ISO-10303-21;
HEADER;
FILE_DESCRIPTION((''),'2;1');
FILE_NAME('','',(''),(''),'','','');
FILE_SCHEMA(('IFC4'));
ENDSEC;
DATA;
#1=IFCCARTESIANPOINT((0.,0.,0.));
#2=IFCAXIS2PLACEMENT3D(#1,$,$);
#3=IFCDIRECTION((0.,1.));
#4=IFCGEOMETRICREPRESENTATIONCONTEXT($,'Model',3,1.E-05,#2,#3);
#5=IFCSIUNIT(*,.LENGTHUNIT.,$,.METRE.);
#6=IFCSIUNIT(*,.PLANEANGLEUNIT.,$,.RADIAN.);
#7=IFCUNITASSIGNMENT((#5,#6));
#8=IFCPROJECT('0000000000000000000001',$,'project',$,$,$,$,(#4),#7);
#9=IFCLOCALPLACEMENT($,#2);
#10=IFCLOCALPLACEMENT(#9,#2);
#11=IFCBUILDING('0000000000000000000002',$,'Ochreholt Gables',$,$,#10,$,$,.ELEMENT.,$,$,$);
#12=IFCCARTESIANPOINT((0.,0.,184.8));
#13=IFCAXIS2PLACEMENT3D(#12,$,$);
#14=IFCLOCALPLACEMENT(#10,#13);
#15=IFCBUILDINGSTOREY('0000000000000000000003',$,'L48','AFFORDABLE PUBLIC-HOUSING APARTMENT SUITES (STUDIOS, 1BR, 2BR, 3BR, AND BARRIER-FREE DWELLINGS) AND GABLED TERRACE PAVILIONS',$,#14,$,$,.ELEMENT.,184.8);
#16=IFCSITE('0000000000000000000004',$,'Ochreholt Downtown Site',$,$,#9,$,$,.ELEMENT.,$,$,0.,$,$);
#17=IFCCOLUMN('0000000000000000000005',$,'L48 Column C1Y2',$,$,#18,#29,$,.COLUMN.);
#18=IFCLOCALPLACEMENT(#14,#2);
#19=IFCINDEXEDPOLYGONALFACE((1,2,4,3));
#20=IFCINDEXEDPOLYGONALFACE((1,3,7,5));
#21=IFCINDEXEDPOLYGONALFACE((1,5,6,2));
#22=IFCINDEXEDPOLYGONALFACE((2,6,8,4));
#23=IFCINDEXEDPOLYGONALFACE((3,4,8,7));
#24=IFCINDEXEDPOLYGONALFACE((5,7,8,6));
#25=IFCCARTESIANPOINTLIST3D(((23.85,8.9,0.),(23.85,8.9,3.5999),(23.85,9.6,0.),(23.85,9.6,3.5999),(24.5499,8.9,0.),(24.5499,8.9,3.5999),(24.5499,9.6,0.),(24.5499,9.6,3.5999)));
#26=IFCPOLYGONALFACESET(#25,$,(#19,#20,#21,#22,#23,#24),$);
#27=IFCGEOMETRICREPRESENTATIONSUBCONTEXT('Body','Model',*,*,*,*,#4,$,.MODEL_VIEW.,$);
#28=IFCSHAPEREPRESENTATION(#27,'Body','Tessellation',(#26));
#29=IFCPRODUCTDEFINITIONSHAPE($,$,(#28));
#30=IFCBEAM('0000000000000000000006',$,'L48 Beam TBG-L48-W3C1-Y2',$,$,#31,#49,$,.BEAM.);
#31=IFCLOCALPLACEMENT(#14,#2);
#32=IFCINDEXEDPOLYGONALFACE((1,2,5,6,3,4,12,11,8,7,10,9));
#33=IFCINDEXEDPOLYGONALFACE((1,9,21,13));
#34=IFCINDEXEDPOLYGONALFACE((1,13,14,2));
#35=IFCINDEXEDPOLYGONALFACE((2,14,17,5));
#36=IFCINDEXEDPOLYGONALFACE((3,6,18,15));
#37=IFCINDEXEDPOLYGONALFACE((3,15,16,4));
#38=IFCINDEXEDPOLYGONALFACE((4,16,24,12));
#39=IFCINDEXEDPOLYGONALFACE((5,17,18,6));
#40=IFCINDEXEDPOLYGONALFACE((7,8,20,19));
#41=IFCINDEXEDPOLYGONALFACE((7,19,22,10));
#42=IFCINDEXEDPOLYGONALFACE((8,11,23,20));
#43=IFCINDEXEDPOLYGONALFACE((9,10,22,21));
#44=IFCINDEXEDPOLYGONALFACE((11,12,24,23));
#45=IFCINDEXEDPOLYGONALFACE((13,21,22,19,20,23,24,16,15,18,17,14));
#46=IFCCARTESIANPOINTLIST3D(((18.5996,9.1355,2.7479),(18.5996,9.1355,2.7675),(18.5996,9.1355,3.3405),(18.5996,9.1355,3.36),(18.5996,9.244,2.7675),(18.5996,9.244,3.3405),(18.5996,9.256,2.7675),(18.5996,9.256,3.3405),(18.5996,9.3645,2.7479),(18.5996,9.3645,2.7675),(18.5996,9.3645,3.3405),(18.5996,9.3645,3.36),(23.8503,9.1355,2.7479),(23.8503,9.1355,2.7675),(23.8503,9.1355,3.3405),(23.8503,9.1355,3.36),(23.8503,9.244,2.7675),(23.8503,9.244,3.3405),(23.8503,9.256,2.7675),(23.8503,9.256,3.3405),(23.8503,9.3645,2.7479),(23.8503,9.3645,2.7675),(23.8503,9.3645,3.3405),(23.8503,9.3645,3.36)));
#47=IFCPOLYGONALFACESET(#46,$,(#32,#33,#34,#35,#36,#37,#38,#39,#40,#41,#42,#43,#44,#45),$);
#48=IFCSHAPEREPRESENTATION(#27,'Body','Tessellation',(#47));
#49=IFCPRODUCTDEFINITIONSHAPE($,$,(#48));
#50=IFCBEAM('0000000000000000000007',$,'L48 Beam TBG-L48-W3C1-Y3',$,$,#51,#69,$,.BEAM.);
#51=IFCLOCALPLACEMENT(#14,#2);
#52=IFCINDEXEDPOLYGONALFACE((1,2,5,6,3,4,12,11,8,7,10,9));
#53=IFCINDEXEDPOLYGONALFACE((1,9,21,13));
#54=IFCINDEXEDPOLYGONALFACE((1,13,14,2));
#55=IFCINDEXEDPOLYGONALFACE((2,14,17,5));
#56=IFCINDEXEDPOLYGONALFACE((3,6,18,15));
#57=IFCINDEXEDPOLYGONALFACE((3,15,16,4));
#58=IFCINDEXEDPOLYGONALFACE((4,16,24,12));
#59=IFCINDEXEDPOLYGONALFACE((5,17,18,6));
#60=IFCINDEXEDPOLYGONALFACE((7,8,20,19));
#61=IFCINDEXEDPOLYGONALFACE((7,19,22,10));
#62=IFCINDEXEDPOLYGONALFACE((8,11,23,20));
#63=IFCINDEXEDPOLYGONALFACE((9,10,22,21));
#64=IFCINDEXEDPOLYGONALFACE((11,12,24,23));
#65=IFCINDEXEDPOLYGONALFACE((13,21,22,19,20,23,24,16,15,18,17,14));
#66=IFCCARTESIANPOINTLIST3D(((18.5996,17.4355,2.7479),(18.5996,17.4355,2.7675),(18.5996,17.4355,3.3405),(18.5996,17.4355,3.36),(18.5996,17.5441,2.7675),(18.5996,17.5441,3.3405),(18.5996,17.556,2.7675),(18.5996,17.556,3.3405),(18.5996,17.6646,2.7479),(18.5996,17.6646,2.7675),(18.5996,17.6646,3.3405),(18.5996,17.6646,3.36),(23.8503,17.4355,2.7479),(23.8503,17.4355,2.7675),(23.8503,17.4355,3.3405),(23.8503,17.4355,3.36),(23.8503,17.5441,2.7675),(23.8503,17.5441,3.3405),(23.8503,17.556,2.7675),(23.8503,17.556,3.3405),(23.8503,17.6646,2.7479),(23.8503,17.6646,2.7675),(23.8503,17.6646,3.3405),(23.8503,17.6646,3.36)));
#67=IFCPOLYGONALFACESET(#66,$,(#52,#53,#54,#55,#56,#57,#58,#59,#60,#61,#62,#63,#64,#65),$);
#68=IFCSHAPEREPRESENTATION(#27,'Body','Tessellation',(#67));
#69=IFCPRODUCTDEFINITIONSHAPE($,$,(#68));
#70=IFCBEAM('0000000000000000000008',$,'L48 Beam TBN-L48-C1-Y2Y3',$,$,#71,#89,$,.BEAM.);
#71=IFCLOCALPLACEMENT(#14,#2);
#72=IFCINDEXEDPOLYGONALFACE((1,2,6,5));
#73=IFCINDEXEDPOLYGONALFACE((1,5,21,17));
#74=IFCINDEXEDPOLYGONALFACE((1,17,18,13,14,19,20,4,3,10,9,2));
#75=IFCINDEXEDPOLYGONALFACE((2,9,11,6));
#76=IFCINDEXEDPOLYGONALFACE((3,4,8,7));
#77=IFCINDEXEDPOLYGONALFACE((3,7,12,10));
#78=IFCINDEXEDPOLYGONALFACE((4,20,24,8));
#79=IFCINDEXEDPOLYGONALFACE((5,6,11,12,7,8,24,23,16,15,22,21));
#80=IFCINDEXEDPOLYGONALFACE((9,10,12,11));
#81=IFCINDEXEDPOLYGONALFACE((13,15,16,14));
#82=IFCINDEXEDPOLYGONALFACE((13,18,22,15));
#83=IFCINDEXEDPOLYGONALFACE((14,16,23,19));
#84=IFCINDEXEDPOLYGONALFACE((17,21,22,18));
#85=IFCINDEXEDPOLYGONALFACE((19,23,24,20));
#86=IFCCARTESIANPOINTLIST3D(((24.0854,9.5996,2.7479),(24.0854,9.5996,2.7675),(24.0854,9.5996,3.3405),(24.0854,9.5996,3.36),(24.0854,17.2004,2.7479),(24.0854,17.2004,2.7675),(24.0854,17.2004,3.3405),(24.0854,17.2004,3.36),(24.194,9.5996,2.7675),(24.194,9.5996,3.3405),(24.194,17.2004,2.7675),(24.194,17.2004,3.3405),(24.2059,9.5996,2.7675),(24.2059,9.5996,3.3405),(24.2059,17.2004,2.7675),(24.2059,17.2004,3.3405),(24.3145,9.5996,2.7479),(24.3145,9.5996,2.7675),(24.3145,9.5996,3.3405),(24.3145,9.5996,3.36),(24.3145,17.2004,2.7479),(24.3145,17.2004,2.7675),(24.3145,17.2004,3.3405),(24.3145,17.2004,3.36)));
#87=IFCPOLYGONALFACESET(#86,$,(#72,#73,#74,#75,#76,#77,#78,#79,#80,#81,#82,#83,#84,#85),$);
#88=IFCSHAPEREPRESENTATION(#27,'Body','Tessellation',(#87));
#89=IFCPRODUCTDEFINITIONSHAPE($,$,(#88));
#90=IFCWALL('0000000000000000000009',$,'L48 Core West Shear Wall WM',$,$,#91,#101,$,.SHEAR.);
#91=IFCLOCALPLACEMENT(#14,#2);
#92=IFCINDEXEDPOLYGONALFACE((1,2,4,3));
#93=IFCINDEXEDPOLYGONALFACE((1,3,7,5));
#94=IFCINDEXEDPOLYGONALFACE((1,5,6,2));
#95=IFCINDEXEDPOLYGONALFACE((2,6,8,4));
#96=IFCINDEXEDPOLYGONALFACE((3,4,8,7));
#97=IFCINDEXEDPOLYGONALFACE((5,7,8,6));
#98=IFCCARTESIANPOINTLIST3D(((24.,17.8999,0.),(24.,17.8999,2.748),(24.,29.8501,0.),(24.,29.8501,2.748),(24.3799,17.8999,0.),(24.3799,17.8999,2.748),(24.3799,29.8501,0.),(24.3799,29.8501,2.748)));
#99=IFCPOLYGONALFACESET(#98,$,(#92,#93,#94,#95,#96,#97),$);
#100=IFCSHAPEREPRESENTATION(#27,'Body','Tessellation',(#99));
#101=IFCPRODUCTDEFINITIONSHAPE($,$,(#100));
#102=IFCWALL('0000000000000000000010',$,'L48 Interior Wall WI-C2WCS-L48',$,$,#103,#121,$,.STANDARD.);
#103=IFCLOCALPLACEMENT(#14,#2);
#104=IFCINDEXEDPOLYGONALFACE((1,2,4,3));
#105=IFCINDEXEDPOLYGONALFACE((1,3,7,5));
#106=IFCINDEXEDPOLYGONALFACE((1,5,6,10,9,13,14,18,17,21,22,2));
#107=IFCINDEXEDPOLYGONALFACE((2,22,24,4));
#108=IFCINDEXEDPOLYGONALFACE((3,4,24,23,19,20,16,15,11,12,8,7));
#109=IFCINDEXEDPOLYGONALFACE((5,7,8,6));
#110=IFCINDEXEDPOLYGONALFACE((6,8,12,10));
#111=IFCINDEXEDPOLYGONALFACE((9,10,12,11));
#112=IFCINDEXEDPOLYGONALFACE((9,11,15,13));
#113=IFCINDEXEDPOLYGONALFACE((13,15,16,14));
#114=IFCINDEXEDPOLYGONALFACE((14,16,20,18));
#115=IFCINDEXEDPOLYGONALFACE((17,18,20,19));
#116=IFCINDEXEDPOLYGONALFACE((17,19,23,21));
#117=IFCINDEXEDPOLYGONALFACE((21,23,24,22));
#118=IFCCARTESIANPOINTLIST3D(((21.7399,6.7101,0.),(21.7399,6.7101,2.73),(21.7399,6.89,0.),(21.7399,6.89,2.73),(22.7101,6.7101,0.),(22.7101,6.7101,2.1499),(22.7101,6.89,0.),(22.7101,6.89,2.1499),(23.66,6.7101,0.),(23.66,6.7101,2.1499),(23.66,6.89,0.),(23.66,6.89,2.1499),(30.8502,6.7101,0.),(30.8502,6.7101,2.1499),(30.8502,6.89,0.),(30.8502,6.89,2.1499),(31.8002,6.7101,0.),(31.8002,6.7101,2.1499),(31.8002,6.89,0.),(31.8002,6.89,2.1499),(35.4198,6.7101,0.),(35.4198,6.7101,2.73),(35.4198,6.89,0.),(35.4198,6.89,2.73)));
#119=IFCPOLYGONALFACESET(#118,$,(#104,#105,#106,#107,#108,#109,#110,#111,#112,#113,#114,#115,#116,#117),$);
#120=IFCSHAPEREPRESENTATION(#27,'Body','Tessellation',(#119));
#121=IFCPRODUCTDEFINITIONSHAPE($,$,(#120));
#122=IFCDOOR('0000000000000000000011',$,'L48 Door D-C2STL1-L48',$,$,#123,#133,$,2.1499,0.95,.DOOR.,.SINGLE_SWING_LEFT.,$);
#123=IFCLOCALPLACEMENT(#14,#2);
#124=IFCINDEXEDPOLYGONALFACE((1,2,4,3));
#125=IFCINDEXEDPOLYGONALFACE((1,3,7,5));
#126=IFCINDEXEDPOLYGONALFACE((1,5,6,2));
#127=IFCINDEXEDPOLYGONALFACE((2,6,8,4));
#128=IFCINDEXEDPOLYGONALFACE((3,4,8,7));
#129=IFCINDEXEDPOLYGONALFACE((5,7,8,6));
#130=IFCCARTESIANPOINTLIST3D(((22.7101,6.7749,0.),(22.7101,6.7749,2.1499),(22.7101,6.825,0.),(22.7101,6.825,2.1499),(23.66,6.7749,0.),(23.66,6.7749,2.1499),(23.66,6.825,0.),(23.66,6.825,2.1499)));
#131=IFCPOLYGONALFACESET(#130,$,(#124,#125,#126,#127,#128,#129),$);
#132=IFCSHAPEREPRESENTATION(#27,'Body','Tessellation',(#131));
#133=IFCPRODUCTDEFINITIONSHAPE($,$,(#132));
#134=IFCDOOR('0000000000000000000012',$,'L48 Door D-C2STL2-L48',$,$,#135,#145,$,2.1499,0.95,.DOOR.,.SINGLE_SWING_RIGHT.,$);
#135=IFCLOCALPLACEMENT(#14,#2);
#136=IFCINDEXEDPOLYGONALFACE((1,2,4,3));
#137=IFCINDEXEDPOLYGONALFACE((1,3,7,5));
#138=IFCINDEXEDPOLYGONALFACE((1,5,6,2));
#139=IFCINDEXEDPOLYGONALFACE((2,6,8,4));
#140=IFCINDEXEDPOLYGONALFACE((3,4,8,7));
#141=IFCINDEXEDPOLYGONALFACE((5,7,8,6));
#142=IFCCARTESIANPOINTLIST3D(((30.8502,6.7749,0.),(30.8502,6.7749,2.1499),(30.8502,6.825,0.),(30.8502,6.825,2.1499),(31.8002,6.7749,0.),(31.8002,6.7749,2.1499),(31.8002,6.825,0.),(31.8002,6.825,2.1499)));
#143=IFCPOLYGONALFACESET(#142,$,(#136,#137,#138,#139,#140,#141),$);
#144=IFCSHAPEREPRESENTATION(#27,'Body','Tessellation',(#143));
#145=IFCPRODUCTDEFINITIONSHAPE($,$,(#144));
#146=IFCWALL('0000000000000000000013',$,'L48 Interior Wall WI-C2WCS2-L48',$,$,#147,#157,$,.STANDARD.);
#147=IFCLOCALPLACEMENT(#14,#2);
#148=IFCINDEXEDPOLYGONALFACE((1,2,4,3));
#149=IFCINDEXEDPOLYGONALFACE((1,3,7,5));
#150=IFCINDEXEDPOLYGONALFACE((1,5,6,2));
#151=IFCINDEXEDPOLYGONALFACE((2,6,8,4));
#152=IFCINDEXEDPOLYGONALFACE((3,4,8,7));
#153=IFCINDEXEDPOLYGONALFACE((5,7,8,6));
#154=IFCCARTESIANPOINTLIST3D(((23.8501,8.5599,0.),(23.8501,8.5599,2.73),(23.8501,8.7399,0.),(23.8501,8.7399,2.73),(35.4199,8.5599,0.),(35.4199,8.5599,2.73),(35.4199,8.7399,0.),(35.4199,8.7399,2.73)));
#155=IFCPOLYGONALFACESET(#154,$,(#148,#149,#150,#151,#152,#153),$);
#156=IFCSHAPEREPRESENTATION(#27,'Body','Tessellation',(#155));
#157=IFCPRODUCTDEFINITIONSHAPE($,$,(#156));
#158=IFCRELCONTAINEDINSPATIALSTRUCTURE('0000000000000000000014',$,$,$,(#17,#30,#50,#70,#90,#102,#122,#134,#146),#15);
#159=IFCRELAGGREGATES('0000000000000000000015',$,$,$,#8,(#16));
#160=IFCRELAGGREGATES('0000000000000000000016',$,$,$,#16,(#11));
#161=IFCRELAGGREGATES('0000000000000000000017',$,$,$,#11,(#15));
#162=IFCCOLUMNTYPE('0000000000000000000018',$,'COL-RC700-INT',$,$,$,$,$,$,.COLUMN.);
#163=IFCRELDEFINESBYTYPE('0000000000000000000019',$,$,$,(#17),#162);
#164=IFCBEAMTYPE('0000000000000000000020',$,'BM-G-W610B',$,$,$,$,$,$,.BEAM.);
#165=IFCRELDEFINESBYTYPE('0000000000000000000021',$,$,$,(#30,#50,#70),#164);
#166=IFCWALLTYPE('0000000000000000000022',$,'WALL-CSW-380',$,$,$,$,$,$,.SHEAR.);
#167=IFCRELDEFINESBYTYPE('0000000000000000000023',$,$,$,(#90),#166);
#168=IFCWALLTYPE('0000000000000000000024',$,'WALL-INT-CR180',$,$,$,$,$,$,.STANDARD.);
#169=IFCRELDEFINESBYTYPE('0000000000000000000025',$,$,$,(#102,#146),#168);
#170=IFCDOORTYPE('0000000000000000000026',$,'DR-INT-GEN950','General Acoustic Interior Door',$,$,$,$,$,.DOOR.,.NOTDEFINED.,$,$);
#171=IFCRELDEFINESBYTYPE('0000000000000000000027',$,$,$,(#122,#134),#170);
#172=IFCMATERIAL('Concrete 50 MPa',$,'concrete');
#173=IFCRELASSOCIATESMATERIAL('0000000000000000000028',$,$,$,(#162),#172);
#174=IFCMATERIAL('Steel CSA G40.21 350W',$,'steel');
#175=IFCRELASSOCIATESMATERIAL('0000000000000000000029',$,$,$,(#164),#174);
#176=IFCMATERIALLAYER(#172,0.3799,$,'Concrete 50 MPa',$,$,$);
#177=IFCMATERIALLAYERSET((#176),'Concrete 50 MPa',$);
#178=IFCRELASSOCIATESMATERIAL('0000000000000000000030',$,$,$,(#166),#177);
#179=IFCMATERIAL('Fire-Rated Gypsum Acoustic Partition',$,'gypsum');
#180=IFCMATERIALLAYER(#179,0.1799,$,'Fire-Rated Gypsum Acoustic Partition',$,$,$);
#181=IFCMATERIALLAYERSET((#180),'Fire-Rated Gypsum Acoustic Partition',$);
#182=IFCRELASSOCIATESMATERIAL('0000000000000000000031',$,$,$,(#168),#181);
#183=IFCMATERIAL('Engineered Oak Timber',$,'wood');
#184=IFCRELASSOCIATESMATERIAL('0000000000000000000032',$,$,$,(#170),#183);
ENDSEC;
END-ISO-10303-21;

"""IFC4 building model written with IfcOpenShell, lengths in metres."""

from ifc_helpers import new_model, si_unit, direction, frame, frame_2d, origin, origin_2d, place, context, subcontext, project, spatial, rectangle, i_section, extrude, material, layer, layer_set, material_profile, profile_set, type_object, element, fill, save


model = new_model("IFC4")

# Units and contexts
model_context = context("Model", 3, precision=1e-05, world=origin(), true_north=direction((0.0, 1.0)))
body_context = subcontext(model_context, "Body", "Model", "MODEL_VIEW")
ifc_project = project(units=[si_unit("LENGTHUNIT", "METRE"), si_unit("PLANEANGLEUNIT", "RADIAN")], contexts=[model_context])

# Site, building, storey
site_placement = place(None, origin())
site = spatial("IfcSite", under=ifc_project, at=site_placement, Name="Ochreholt Downtown Site", CompositionType="ELEMENT", RefElevation=0.0)
building_placement = place(site_placement, origin())
building = spatial("IfcBuilding", under=site, at=building_placement, Name="Ochreholt Gables", CompositionType="ELEMENT")
storey_placement = place(building_placement, frame((0.0, 0.0, 184.8)))
storey = spatial("IfcBuildingStorey", under=building, at=storey_placement, Name="L48", Description="AFFORDABLE PUBLIC-HOUSING APARTMENT SUITES (STUDIOS, 1BR, 2BR, 3BR, AND BARRIER-FREE DWELLINGS) AND GABLED TERRACE PAVILIONS", CompositionType="ELEMENT", Elevation=184.8)

# Column
ifc_material_1 = material(Name="Concrete 50 MPa", Category="concrete")
ifc_material_profile_1 = material_profile(ifc_material_1, rectangle(XDim=0.7, YDim=0.7, at=origin_2d()), Name="RC700X700")
ifc_profile_set_1 = profile_set([ifc_material_profile_1], Name="Concrete 50 MPa")
column_type = type_object("IfcColumnType", Name="COL-RC700-INT", PredefinedType="COLUMN", material=ifc_profile_set_1)
column_placement = place(storey_placement, frame((24.2, 9.25, 0.0), z_axis=(0.0, 0.0, 1.0), x_axis=(1.0, 0.0, 0.0)))
element("IfcColumn", 1, at=column_placement, inside=storey, type_object=column_type, Name="L48 Column C1Y2", PredefinedType="COLUMN", context=body_context, shape_type="SweptSolid", body=[
    extrude(rectangle(XDim=0.7, YDim=0.7, at=origin_2d()), origin(), (0.0, 0.0, 1.0), 3.5999),
])

# Beams
ifc_material_2 = material(Name="Steel CSA G40.21 350W", Category="steel")
ifc_material_profile_2 = material_profile(ifc_material_2, i_section(OverallWidth=0.229, OverallDepth=0.6121, WebThickness=0.012, FlangeThickness=0.0195, at=origin_2d()), Name="W610X125")
ifc_profile_set_2 = profile_set([ifc_material_profile_2], Name="Steel CSA G40.21 350W")
beam_type = type_object("IfcBeamType", Name="BM-G-W610B", PredefinedType="BEAM", material=ifc_profile_set_2)
for number, where, z_axis, x_axis, name in (
    (2, (18.5996, 9.25, 3.054), (1.0, 0.0, 0.0), (0.0, 1.0, 0.0), "L48 Beam TBG-L48-W3C1-Y2"),
    (3, (18.5996, 17.55, 3.054), (1.0, 0.0, 0.0), (0.0, 1.0, 0.0), "L48 Beam TBG-L48-W3C1-Y3"),
):
    element("IfcBeam", number, at=place(storey_placement, frame(where, z_axis=z_axis, x_axis=x_axis)), inside=storey, type_object=beam_type, Name=name, PredefinedType="BEAM", context=body_context, shape_type="SweptSolid", body=[
        extrude(i_section(OverallWidth=0.229, OverallDepth=0.6121, WebThickness=0.012, FlangeThickness=0.0195, at=origin_2d()), origin(), (0.0, 0.0, 1.0), 5.2507),
    ])
beam_placement = place(storey_placement, frame((24.2, 9.5996, 3.054), z_axis=(0.0, 1.0, 0.0), x_axis=(-1.0, 0.0, 0.0)))
element("IfcBeam", 4, at=beam_placement, inside=storey, type_object=beam_type, Name="L48 Beam TBN-L48-C1-Y2Y3", PredefinedType="BEAM", context=body_context, shape_type="SweptSolid", body=[
    extrude(i_section(OverallWidth=0.229, OverallDepth=0.6121, WebThickness=0.012, FlangeThickness=0.0195, at=origin_2d()), origin(), (0.0, 0.0, 1.0), 7.6008),
])

# Wall
ifc_layer_1 = layer(ifc_material_1, 0.3799, Name="Concrete 50 MPa")
ifc_layer_set_1 = layer_set([ifc_layer_1], Name="Concrete 50 MPa")
wall_type_1 = type_object("IfcWallType", Name="WALL-CSW-380", PredefinedType="SHEAR", material=ifc_layer_set_1)
wall_1_placement = place(storey_placement, frame((24.1899, 17.8999, 0.0), z_axis=(0.0, 0.0, 1.0), x_axis=(0.0, 1.0, 0.0)))
element("IfcWall", 5, at=wall_1_placement, inside=storey, type_object=wall_type_1, Name="L48 Core West Shear Wall WM", PredefinedType="SHEAR", context=body_context, shape_type="SweptSolid", body=[
    extrude(rectangle(XDim=11.9502, YDim=0.3799, at=frame_2d((5.9751, 0.0))), origin(), (0.0, 0.0, 1.0), 2.748),
])

# Wall, openings, doors
ifc_material_3 = material(Name="Fire-Rated Gypsum Acoustic Partition", Category="gypsum")
ifc_layer_2 = layer(ifc_material_3, 0.1799, Name="Fire-Rated Gypsum Acoustic Partition")
ifc_layer_set_2 = layer_set([ifc_layer_2], Name="Fire-Rated Gypsum Acoustic Partition")
wall_type_2 = type_object("IfcWallType", Name="WALL-INT-CR180", PredefinedType="STANDARD", material=ifc_layer_set_2)
wall_2_placement = place(storey_placement, frame((21.74, 6.8, 0.0), z_axis=(0.0, 0.0, 1.0), x_axis=(1.0, 0.0, 0.0)))
wall_2 = element("IfcWall", 6, at=wall_2_placement, inside=storey, type_object=wall_type_2, Name="L48 Interior Wall WI-C2WCS-L48", PredefinedType="STANDARD", context=body_context, shape_type="SweptSolid", body=[
    extrude(rectangle(XDim=13.6799, YDim=0.1799, at=frame_2d((6.8398, 0.0))), origin(), (0.0, 0.0, 1.0), 2.73),
])
opening_1_placement = place(wall_2_placement, frame((0.97, 0.0, 0.0)))
opening_1 = element("IfcOpeningElement", 7, at=opening_1_placement, cuts=wall_2, PredefinedType="OPENING", context=body_context, shape_type="SweptSolid", body=[
    extrude(rectangle(XDim=0.95, YDim=2.1499, at=frame_2d((0.4751, 1.075))), frame((0.0, 0.0999, 0.0), z_axis=(0.0, -1.0, 0.0), x_axis=(1.0, 0.0, 0.0)), (0.0, 0.0, 1.0), 0.2),
])
opening_2_placement = place(wall_2_placement, frame((9.1101, 0.0, 0.0)))
opening_2 = element("IfcOpeningElement", 8, at=opening_2_placement, cuts=wall_2, PredefinedType="OPENING", context=body_context, shape_type="SweptSolid", body=[
    extrude(rectangle(XDim=0.95, YDim=2.1499, at=frame_2d((0.4751, 1.075))), frame((0.0, 0.0999, 0.0), z_axis=(0.0, -1.0, 0.0), x_axis=(1.0, 0.0, 0.0)), (0.0, 0.0, 1.0), 0.2),
])
ifc_material_4 = material(Name="Engineered Oak Timber", Category="wood")
door_type = type_object("IfcDoorType", Name="DR-INT-GEN950", Description="General Acoustic Interior Door", OperationType="NOTDEFINED", PredefinedType="DOOR", material=ifc_material_4)
door_1_placement = place(opening_1_placement, origin())
door_1 = element("IfcDoor", 9, at=door_1_placement, inside=storey, type_object=door_type, Name="L48 Door D-C2STL1-L48", OperationType="SINGLE_SWING_LEFT", OverallHeight=2.1499, OverallWidth=0.95, PredefinedType="DOOR", context=body_context, shape_type="SweptSolid", body=[
    extrude(rectangle(XDim=0.95, YDim=2.1499, at=frame_2d((0.4751, 1.075))), frame((0.0, 0.0249, 0.0), z_axis=(0.0, -1.0, 0.0), x_axis=(1.0, 0.0, 0.0)), (0.0, 0.0, 1.0), 0.05),
])
fill(opening_1, door_1)
door_2_placement = place(opening_2_placement, origin())
door_2 = element("IfcDoor", 10, at=door_2_placement, inside=storey, type_object=door_type, Name="L48 Door D-C2STL2-L48", OperationType="SINGLE_SWING_RIGHT", OverallHeight=2.1499, OverallWidth=0.95, PredefinedType="DOOR", context=body_context, shape_type="SweptSolid", body=[
    extrude(rectangle(XDim=0.95, YDim=2.1499, at=frame_2d((0.4751, 1.075))), frame((0.0, 0.0249, 0.0), z_axis=(0.0, -1.0, 0.0), x_axis=(1.0, 0.0, 0.0)), (0.0, 0.0, 1.0), 0.05),
])
fill(opening_2, door_2)

# Wall
wall_3_placement = place(storey_placement, frame((23.8501, 8.6499, 0.0), z_axis=(0.0, 0.0, 1.0), x_axis=(1.0, 0.0, 0.0)))
element("IfcWall", 11, at=wall_3_placement, inside=storey, type_object=wall_type_2, Name="L48 Interior Wall WI-C2WCS2-L48", PredefinedType="STANDARD", context=body_context, shape_type="SweptSolid", body=[
    extrude(rectangle(XDim=11.5698, YDim=0.1799, at=frame_2d((5.7849, 0.0))), origin(), (0.0, 0.0, 1.0), 2.73),
])

save(model, "model.ifc")
